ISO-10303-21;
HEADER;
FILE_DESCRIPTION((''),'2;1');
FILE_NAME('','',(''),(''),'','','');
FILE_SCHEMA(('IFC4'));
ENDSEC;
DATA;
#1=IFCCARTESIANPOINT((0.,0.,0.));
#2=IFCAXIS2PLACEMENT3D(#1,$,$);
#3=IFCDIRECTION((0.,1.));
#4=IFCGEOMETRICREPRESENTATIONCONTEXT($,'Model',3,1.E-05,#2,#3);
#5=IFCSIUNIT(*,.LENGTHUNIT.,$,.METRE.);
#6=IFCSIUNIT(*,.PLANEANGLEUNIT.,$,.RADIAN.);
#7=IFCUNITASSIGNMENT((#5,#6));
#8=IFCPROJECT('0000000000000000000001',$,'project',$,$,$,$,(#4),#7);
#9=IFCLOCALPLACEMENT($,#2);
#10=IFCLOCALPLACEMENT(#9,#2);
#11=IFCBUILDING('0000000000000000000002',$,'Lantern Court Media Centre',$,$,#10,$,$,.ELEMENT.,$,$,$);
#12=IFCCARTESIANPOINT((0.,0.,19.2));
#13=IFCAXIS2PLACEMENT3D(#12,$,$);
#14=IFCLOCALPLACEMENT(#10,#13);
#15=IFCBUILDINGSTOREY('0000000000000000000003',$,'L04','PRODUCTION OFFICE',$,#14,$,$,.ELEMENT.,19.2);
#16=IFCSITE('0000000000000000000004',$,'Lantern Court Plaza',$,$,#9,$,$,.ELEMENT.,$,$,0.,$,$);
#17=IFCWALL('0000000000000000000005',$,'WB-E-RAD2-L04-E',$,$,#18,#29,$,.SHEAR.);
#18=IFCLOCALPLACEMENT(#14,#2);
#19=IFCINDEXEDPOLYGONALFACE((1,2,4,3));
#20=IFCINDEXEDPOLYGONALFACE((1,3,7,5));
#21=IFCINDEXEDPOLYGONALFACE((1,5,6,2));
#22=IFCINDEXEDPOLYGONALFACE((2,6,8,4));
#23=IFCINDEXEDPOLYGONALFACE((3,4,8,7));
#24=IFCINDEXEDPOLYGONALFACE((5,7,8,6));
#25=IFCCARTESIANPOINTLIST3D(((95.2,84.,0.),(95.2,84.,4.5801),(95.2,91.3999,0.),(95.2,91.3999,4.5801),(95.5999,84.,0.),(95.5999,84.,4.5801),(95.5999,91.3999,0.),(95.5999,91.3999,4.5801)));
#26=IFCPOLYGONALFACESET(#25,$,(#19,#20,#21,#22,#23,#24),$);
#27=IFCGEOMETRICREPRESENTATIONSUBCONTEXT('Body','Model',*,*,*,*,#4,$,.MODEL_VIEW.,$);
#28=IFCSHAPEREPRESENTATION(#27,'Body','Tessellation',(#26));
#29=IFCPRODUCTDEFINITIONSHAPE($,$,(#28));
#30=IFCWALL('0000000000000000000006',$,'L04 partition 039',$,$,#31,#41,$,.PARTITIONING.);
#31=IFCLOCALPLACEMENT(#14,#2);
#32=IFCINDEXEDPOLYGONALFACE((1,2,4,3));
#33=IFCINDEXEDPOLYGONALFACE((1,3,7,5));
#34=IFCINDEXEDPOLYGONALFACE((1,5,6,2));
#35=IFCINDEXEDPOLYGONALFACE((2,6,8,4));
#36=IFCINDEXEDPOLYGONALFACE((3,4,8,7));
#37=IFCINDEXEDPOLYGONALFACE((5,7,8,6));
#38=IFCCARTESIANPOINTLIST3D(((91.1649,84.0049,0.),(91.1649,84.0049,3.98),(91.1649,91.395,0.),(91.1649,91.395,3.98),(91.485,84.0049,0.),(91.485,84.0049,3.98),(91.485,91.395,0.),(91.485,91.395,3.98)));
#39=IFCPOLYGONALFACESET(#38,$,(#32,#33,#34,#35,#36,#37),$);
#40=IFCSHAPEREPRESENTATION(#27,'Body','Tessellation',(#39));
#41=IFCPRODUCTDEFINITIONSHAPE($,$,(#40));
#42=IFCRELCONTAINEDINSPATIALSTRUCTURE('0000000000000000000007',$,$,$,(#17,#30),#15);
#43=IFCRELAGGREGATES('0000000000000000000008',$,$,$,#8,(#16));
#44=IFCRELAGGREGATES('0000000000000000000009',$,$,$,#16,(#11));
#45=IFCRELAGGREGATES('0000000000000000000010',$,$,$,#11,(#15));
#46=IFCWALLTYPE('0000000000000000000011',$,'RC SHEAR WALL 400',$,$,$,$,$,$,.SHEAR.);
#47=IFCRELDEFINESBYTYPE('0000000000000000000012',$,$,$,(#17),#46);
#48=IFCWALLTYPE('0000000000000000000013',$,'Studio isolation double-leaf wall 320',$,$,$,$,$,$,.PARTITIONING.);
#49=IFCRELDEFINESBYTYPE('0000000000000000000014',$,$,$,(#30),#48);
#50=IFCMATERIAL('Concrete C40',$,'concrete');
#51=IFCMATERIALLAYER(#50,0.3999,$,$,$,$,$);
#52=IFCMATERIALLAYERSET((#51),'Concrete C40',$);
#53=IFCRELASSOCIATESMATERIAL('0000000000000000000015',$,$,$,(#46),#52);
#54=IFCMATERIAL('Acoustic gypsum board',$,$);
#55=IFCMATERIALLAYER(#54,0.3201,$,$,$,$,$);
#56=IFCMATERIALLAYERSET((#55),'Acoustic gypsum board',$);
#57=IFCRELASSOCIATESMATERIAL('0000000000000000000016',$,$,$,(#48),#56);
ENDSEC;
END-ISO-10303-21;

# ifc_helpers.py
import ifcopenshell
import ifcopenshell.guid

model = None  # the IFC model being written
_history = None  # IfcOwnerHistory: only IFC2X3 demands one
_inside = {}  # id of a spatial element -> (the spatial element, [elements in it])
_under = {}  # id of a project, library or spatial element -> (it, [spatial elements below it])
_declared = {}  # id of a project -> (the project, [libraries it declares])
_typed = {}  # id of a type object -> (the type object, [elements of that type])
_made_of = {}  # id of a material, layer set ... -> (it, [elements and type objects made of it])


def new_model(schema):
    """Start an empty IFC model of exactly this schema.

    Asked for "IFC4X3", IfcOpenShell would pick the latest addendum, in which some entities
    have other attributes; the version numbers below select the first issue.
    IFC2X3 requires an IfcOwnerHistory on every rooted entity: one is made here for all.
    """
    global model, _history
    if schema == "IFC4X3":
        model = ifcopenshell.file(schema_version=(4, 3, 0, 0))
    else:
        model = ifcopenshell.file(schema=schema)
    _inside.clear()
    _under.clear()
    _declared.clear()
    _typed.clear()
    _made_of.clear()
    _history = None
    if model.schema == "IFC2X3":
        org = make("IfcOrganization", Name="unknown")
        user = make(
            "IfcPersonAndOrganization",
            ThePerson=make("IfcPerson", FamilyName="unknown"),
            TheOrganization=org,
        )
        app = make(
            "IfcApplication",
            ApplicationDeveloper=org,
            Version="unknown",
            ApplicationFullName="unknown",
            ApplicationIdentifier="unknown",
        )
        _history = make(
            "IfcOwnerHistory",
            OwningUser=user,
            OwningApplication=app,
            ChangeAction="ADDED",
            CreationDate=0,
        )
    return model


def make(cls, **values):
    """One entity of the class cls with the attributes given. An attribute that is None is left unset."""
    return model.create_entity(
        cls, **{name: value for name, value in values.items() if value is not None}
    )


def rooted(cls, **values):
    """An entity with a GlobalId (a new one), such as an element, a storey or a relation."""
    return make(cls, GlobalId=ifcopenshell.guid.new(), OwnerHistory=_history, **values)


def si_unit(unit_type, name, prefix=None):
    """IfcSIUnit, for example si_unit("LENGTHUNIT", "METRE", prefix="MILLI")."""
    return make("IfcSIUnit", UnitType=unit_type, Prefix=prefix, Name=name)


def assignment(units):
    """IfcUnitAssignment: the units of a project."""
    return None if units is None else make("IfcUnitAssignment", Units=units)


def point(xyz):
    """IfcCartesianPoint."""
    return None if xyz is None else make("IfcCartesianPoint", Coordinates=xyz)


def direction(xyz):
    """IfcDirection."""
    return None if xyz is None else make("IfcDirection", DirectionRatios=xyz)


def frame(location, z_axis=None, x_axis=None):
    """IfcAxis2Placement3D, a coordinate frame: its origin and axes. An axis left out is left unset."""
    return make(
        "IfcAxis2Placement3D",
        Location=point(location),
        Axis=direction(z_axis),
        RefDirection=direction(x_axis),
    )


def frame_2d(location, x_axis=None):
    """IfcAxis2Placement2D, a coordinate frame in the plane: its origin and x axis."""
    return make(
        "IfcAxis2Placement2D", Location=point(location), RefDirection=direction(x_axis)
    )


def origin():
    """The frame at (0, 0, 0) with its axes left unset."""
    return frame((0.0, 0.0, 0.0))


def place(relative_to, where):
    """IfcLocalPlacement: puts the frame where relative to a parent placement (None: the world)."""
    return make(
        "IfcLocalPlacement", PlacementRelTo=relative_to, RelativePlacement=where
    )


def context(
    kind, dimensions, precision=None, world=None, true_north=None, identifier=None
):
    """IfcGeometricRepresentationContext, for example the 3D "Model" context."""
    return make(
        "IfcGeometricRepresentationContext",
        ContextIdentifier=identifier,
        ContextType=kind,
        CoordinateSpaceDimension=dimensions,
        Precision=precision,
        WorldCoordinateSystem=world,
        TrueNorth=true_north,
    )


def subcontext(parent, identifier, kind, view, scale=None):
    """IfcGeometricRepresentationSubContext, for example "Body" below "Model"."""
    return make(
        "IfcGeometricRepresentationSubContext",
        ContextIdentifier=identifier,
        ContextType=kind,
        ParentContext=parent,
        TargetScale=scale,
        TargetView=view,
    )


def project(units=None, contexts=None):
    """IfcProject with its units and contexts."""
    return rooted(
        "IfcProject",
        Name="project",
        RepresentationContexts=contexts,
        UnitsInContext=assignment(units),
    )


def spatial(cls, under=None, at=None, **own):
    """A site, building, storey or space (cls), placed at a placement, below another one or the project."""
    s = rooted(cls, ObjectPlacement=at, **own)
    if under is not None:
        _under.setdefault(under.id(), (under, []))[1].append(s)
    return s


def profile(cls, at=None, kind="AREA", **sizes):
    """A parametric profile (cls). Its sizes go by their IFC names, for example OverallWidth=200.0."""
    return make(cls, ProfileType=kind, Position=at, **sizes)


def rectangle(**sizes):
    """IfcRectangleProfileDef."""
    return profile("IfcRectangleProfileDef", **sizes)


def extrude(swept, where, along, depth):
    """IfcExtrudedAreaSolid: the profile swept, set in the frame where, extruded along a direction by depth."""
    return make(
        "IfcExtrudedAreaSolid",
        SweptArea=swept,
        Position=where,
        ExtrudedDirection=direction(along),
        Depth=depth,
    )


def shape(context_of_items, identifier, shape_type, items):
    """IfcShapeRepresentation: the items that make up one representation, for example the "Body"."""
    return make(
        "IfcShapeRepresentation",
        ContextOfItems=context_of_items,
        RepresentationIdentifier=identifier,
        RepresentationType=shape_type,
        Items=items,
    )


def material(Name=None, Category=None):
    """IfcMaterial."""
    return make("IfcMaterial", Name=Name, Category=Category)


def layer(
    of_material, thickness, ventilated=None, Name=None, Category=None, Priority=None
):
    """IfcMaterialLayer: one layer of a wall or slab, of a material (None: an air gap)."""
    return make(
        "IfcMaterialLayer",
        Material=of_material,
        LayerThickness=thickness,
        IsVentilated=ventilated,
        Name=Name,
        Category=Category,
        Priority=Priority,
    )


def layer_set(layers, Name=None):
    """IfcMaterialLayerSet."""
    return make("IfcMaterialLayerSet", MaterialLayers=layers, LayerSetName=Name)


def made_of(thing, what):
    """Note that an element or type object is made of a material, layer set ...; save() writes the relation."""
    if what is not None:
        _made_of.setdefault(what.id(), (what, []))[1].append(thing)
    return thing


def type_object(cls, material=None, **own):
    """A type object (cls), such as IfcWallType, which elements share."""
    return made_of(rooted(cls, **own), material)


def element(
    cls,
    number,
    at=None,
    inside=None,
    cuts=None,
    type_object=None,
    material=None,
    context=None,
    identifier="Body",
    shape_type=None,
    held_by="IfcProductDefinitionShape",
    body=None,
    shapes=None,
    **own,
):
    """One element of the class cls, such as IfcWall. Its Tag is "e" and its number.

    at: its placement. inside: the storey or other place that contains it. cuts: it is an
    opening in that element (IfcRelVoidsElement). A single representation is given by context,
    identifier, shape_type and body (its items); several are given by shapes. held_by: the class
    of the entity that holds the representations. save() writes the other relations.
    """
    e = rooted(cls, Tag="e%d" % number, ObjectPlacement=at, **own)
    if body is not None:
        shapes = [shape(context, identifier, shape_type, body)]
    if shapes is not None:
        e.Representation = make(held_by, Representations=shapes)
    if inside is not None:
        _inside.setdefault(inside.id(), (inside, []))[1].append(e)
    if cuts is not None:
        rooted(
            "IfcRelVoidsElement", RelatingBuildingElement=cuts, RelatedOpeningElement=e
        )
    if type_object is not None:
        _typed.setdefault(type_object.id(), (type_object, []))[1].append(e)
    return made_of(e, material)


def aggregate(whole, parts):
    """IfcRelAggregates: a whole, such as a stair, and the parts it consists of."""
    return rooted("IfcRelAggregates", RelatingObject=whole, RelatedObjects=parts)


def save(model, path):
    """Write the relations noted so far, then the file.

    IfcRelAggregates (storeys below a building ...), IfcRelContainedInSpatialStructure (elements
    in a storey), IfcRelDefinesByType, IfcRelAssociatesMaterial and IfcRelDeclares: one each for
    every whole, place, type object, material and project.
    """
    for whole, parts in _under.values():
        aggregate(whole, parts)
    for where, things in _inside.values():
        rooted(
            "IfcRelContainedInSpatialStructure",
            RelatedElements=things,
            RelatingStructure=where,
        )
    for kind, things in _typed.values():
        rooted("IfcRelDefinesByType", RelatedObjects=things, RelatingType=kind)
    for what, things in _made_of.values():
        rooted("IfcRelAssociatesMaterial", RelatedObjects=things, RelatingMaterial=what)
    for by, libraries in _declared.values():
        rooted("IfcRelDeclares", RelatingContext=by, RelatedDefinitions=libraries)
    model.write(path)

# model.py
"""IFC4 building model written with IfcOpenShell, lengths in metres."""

from ifc_helpers import new_model, si_unit, direction, frame, frame_2d, origin, place, context, subcontext, project, spatial, rectangle, extrude, material, layer, layer_set, type_object, element, save


model = new_model("IFC4")

# Units and contexts
model_context = context("Model", 3, precision=1e-05, world=origin(), true_north=direction((0.0, 1.0)))
body_context = subcontext(model_context, "Body", "Model", "MODEL_VIEW")
ifc_project = project(units=[si_unit("LENGTHUNIT", "METRE"), si_unit("PLANEANGLEUNIT", "RADIAN")], contexts=[model_context])

# Site, building, storey
site_placement = place(None, origin())
site = spatial("IfcSite", under=ifc_project, at=site_placement, Name="Lantern Court Plaza", CompositionType="ELEMENT", RefElevation=0.0)
building_placement = place(site_placement, origin())
building = spatial("IfcBuilding", under=site, at=building_placement, Name="Lantern Court Media Centre", CompositionType="ELEMENT")
storey_placement = place(building_placement, frame((0.0, 0.0, 19.2)))
storey = spatial("IfcBuildingStorey", under=building, at=storey_placement, Name="L04", Description="PRODUCTION OFFICE", CompositionType="ELEMENT", Elevation=19.2)

# Walls
ifc_material_1 = material(Name="Concrete C40", Category="concrete")
ifc_layer_1 = layer(ifc_material_1, 0.3999)
ifc_layer_set_1 = layer_set([ifc_layer_1], Name="Concrete C40")
wall_type_1 = type_object("IfcWallType", Name="RC SHEAR WALL 400", PredefinedType="SHEAR", material=ifc_layer_set_1)
for number, where, z_axis, x_axis, name in (
    (1, (95.3999, 84.0, 0.0), (0.0, 0.0, 1.0), (0.0, 1.0, 0.0), "WB-E-RAD2-L04-E"),
):
    element("IfcWall", number, at=place(storey_placement, frame(where, z_axis=z_axis, x_axis=x_axis)), inside=storey, type_object=wall_type_1, Name=name, PredefinedType="SHEAR", context=body_context, shape_type="SweptSolid", body=[
        extrude(rectangle(XDim=7.3999, YDim=0.3999, at=frame_2d((3.7, 0.0))), origin(), (0.0, 0.0, 1.0), 4.5801),
    ])
ifc_material_2 = material(Name="Acoustic gypsum board")
ifc_layer_2 = layer(ifc_material_2, 0.3201)
ifc_layer_set_2 = layer_set([ifc_layer_2], Name="Acoustic gypsum board")
wall_type_2 = type_object("IfcWallType", Name="Studio isolation double-leaf wall 320", PredefinedType="PARTITIONING", material=ifc_layer_set_2)
wall_placement = place(storey_placement, frame((91.325, 84.0049, 0.0), z_axis=(0.0, 0.0, 1.0), x_axis=(0.0, 1.0, 0.0)))
element("IfcWall", 2, at=wall_placement, inside=storey, type_object=wall_type_2, Name="L04 partition 039", PredefinedType="PARTITIONING", context=body_context, shape_type="SweptSolid", body=[
    extrude(rectangle(XDim=7.3901, YDim=0.3201, at=frame_2d((3.6951, 0.0))), origin(), (0.0, 0.0, 1.0), 3.98),
])

save(model, "model.ifc")
